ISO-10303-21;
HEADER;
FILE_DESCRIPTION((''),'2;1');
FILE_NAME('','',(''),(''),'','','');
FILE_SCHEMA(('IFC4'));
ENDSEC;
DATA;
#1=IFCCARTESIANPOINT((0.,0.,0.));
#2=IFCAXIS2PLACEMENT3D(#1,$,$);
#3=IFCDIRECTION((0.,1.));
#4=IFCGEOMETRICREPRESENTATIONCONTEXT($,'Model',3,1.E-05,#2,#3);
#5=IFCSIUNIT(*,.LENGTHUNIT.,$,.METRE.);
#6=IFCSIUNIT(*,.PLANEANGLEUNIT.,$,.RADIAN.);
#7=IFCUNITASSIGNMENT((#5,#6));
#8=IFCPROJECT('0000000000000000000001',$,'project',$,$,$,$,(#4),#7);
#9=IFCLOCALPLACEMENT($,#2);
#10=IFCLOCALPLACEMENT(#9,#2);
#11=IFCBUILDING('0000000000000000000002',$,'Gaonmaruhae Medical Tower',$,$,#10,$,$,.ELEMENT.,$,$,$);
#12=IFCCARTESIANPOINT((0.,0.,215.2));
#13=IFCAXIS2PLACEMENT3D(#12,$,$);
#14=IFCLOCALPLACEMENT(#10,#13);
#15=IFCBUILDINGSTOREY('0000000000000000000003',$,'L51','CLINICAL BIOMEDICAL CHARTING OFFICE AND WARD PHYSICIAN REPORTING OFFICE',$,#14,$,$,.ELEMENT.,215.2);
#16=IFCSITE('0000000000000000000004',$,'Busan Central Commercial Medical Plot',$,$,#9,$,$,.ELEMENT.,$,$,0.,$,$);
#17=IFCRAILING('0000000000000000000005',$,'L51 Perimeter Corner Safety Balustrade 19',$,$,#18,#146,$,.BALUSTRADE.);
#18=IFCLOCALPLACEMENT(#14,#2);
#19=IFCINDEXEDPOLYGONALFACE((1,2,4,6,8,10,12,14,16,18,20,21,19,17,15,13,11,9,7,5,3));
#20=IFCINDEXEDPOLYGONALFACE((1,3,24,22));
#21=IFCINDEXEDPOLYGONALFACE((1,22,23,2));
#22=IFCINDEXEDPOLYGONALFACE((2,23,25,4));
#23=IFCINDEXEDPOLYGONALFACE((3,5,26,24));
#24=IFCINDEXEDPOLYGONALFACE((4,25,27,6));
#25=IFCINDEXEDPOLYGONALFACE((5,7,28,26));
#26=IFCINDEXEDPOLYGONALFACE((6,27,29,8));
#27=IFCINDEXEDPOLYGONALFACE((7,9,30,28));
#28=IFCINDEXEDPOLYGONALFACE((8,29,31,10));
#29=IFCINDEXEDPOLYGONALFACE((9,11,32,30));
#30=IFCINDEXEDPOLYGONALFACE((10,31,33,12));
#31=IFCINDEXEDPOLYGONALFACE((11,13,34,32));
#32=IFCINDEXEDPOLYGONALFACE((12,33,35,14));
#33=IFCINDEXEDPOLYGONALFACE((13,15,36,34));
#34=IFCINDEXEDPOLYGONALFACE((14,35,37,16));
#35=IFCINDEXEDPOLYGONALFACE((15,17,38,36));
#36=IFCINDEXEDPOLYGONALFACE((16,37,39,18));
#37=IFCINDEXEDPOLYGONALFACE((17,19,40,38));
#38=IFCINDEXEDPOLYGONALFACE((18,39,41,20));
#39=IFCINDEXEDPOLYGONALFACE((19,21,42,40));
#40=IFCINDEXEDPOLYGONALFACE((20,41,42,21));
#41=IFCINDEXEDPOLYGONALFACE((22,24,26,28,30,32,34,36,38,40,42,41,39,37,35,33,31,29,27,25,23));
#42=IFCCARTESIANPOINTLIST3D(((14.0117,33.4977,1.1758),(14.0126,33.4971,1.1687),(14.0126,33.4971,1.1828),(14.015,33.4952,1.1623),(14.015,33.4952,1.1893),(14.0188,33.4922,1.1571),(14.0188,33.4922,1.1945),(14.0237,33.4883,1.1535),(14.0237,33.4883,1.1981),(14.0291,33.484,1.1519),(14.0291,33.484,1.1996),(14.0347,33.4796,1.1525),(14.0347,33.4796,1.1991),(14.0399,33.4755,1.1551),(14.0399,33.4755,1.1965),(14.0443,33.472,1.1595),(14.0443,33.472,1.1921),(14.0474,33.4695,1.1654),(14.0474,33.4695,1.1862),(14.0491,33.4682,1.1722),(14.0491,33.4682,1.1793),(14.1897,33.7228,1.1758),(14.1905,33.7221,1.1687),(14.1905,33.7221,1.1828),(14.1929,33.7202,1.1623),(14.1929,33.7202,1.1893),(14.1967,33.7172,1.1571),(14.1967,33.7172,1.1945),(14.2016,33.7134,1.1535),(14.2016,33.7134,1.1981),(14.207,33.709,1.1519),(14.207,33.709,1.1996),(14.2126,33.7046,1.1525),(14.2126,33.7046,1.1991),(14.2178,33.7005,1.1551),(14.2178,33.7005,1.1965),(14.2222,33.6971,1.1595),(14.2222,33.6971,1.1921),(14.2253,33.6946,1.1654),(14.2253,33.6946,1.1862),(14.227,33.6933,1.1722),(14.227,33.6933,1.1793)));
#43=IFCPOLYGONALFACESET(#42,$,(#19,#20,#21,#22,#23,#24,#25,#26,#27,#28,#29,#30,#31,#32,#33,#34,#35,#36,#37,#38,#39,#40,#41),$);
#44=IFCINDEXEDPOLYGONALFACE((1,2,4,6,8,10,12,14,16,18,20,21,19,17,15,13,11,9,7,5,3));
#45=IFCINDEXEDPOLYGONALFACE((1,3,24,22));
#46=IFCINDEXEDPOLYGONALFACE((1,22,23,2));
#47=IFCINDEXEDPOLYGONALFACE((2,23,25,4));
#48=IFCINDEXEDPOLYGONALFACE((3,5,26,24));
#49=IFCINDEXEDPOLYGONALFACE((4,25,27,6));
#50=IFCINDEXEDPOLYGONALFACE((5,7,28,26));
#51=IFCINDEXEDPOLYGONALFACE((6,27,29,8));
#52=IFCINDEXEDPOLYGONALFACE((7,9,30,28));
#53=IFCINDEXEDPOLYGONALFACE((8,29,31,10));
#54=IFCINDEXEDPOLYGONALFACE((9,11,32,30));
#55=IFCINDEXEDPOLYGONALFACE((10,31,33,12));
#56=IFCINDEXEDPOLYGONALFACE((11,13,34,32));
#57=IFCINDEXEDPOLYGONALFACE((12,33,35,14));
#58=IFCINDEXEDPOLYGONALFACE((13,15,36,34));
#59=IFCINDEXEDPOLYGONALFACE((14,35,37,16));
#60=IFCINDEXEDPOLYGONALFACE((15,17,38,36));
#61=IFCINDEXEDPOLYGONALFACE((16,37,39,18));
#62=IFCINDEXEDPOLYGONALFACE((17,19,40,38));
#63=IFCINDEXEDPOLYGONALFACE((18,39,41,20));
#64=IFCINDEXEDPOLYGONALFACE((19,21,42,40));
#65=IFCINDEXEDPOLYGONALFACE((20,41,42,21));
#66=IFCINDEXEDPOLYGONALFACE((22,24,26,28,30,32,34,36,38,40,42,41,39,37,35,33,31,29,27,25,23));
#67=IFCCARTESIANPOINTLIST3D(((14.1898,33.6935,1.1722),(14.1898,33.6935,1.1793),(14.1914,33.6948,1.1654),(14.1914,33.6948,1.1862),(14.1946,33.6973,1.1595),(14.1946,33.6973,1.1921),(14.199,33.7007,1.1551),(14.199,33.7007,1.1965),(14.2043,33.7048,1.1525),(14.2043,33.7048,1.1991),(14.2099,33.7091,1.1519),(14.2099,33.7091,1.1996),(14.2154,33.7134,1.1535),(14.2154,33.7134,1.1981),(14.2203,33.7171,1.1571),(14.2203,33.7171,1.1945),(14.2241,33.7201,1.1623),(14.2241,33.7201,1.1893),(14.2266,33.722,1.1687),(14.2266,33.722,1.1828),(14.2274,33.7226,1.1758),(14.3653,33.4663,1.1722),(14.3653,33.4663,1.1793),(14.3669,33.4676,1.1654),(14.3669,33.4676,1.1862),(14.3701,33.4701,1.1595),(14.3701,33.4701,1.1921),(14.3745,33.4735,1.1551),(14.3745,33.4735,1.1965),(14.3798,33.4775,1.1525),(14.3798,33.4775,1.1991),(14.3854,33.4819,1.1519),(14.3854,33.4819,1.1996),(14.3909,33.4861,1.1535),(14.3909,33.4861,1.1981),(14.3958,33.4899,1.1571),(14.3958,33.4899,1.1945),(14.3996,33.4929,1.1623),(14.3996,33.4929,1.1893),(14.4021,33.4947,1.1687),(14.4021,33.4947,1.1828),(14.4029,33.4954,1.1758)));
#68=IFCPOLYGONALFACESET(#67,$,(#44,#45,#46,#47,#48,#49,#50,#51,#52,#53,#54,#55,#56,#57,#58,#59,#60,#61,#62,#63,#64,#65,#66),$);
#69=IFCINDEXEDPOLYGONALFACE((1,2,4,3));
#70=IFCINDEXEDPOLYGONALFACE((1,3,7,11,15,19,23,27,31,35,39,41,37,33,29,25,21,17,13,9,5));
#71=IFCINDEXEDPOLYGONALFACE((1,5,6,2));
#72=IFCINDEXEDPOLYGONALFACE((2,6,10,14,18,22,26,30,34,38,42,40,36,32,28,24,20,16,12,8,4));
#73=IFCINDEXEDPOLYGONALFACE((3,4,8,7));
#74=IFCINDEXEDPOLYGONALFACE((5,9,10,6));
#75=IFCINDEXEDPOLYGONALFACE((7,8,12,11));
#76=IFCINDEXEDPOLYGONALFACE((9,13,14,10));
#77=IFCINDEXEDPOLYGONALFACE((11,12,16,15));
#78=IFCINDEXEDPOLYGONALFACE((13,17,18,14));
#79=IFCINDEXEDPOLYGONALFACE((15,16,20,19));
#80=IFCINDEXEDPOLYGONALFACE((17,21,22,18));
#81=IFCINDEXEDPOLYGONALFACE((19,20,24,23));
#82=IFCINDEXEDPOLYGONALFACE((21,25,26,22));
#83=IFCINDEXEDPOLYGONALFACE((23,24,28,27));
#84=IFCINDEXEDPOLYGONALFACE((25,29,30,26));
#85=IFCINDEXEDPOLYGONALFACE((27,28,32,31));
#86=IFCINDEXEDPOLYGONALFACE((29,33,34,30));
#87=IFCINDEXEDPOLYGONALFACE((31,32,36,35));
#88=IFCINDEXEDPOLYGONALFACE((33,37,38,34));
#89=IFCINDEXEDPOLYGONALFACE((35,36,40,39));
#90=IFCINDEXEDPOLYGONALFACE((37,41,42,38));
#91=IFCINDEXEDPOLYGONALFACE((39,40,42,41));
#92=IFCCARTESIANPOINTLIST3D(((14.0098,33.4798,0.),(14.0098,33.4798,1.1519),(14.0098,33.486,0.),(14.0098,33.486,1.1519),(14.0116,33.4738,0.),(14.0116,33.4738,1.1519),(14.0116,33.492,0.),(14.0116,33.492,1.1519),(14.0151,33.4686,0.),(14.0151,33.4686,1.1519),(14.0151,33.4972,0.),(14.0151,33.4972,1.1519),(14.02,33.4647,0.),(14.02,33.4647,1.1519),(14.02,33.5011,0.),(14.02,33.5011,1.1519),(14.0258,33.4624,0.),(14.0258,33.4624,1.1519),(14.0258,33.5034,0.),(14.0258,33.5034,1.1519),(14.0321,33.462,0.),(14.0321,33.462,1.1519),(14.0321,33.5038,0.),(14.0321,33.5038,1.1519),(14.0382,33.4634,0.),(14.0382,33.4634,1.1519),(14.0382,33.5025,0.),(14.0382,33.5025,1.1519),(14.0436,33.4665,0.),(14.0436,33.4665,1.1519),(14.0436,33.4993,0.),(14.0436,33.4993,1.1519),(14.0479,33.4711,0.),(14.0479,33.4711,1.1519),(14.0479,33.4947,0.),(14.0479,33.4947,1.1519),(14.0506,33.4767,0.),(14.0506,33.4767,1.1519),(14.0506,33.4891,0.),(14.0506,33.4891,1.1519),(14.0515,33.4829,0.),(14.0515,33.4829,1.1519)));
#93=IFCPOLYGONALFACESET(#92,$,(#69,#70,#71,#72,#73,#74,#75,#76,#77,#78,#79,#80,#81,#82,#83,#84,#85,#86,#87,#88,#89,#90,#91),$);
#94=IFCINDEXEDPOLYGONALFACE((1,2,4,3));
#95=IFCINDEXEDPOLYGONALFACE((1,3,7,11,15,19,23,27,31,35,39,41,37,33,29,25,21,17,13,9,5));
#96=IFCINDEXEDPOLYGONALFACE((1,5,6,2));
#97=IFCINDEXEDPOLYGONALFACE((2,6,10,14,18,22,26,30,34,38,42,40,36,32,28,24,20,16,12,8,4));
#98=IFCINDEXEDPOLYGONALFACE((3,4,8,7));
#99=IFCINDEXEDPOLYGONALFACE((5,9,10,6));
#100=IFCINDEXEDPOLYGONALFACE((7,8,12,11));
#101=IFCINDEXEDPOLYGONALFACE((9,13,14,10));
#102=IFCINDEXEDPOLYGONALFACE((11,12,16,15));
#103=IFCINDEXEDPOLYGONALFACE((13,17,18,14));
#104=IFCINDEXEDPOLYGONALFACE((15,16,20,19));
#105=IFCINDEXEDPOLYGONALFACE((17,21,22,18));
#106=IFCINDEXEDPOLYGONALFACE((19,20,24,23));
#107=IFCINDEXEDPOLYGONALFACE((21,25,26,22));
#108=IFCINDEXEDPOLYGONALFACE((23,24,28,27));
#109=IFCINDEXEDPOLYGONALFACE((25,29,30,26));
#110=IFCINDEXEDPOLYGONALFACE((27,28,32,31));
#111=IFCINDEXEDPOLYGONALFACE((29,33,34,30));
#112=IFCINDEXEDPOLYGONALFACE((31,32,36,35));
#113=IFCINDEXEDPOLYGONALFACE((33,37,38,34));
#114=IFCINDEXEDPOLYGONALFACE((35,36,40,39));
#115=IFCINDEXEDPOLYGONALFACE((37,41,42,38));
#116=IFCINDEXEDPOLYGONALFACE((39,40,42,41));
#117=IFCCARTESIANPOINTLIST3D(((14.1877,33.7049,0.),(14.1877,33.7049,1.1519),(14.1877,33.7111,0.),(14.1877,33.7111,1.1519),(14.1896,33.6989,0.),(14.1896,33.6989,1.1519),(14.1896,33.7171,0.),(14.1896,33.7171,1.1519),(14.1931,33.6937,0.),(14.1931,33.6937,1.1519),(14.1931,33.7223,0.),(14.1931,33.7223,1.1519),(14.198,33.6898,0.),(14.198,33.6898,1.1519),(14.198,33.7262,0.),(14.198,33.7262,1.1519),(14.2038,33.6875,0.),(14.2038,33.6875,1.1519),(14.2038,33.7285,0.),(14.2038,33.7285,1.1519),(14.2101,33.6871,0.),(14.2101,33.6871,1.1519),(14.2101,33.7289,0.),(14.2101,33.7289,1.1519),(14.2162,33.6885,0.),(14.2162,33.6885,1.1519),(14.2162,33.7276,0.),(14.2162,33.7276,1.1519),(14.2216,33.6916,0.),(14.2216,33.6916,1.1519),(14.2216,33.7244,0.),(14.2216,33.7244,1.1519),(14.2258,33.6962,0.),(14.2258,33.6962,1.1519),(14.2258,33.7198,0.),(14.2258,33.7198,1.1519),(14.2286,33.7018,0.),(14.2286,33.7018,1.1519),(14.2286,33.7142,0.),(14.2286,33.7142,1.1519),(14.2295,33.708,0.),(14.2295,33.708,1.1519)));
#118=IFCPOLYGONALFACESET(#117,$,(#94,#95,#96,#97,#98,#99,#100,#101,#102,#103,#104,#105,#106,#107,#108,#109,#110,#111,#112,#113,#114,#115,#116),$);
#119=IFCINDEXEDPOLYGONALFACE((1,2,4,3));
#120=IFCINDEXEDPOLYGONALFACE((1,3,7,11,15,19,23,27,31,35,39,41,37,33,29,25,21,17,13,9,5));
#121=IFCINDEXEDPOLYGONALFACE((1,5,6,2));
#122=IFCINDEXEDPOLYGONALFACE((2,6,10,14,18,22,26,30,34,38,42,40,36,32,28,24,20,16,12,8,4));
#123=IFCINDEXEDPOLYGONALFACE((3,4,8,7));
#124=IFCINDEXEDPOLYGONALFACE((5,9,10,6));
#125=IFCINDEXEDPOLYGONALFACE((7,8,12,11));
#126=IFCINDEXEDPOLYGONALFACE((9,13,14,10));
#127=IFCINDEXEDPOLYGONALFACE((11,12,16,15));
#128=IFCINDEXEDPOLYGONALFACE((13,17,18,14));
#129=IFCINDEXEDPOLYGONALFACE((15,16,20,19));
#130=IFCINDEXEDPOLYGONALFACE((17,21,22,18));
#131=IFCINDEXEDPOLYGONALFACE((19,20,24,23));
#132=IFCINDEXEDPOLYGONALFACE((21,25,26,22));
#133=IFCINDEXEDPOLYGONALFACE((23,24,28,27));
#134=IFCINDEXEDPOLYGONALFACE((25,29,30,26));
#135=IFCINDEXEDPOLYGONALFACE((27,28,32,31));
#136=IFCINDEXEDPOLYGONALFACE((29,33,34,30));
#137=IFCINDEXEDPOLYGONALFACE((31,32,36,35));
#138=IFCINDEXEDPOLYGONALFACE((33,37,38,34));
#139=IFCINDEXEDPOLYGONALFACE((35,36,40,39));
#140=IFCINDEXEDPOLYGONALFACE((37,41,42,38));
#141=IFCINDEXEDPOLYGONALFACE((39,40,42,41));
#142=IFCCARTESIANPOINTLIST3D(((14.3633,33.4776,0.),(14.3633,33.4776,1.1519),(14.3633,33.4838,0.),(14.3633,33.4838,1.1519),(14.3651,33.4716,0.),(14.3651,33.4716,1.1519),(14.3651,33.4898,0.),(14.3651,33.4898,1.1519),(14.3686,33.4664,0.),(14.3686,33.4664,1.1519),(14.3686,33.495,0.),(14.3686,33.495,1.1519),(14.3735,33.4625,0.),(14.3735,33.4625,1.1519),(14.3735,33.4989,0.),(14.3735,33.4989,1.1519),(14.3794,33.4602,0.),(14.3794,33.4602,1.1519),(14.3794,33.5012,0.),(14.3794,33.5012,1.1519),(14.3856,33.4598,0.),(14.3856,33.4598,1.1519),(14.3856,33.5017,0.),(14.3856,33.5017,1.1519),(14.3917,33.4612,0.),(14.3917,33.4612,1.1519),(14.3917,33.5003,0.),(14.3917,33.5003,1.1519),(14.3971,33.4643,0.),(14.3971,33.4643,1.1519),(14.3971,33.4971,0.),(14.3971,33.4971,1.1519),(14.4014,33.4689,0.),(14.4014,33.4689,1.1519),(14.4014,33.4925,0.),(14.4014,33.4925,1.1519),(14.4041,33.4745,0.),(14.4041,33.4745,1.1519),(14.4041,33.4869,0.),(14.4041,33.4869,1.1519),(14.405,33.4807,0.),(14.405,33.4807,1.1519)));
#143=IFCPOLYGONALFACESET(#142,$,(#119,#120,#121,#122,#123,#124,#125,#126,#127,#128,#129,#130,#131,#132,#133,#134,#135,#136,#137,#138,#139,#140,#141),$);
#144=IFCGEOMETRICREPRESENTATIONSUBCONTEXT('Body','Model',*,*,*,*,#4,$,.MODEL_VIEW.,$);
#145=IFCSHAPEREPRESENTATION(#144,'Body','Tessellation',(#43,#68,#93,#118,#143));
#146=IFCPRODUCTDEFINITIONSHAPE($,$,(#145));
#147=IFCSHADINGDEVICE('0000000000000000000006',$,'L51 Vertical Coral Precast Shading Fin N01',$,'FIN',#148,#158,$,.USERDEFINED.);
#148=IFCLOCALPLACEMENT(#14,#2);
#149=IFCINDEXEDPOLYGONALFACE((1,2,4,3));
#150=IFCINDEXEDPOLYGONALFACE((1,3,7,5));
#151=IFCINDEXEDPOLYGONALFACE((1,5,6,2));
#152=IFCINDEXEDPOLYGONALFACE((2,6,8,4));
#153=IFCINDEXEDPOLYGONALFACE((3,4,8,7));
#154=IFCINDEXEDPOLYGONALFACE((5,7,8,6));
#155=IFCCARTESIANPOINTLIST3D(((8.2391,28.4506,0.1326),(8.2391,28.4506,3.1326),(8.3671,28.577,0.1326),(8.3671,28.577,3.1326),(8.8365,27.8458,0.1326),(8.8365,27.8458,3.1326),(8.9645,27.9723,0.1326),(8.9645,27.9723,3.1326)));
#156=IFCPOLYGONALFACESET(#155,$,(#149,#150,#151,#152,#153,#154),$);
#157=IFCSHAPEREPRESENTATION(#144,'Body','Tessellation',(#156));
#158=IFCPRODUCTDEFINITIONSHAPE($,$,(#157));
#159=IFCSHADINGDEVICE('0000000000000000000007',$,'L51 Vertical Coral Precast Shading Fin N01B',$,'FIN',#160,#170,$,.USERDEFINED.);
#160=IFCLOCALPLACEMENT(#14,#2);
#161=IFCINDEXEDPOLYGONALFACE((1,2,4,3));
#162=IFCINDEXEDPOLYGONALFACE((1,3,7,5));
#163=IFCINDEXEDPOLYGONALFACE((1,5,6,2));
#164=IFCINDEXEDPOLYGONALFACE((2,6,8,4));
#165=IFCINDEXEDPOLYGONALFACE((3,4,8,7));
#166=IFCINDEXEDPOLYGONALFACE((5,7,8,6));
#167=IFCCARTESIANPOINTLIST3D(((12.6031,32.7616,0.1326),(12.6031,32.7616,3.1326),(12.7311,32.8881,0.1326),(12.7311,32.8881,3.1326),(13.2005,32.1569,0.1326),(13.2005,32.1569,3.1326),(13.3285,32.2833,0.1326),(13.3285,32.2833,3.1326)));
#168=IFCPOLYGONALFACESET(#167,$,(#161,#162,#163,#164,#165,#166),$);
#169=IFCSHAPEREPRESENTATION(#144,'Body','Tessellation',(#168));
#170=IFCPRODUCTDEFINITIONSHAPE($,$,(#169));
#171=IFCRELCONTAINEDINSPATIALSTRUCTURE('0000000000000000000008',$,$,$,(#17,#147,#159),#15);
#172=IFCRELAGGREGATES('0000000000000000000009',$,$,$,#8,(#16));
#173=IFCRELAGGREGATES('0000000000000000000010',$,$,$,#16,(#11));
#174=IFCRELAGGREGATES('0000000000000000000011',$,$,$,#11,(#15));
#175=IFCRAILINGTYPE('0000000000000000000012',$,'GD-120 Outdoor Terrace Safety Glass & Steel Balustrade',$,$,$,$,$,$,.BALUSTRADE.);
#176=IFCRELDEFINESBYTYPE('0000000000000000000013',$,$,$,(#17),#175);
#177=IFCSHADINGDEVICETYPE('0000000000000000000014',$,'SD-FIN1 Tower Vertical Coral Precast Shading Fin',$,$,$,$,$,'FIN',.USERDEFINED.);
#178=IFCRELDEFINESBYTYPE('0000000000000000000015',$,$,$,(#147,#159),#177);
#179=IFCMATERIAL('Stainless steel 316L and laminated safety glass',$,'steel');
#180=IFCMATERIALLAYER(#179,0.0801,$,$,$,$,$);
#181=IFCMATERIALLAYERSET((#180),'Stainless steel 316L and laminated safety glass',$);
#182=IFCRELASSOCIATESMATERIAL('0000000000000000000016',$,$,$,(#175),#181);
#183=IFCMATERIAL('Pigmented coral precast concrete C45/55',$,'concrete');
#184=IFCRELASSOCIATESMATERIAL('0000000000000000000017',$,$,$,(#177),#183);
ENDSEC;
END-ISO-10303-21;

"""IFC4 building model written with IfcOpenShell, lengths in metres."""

from ifc_helpers import new_model, si_unit, direction, frame, origin, origin_2d, place, context, subcontext, project, spatial, rectangle, circle, extrude, material, layer, layer_set, type_object, element, save


model = new_model("IFC4")

# Units and contexts
model_context = context("Model", 3, precision=1e-05, world=origin(), true_north=direction((0.0, 1.0)))
body_context = subcontext(model_context, "Body", "Model", "MODEL_VIEW")
ifc_project = project(units=[si_unit("LENGTHUNIT", "METRE"), si_unit("PLANEANGLEUNIT", "RADIAN")], contexts=[model_context])

# Site, building, storey
site_placement = place(None, origin())
site = spatial("IfcSite", under=ifc_project, at=site_placement, Name="Busan Central Commercial Medical Plot", CompositionType="ELEMENT", RefElevation=0.0)
building_placement = place(site_placement, origin())
building = spatial("IfcBuilding", under=site, at=building_placement, Name="Gaonmaruhae Medical Tower", CompositionType="ELEMENT")
storey_placement = place(building_placement, frame((0.0, 0.0, 215.2)))
storey = spatial("IfcBuildingStorey", under=building, at=storey_placement, Name="L51", Description="CLINICAL BIOMEDICAL CHARTING OFFICE AND WARD PHYSICIAN REPORTING OFFICE", CompositionType="ELEMENT", Elevation=215.2)

# Railing
ifc_material_1 = material(Name="Stainless steel 316L and laminated safety glass", Category="steel")
ifc_layer_1 = layer(ifc_material_1, 0.0801)
ifc_layer_set_1 = layer_set([ifc_layer_1], Name="Stainless steel 316L and laminated safety glass")
railing_type = type_object("IfcRailingType", Name="GD-120 Outdoor Terrace Safety Glass & Steel Balustrade", PredefinedType="BALUSTRADE", material=ifc_layer_set_1)
railing_1_placement = place(storey_placement, frame((14.0305, 33.4829, 0.0)))
element("IfcRailing", 1, at=railing_1_placement, inside=storey, type_object=railing_type, Name="L51 Perimeter Corner Safety Balustrade 19", PredefinedType="BALUSTRADE", context=body_context, shape_type="SweptSolid", body=[
    extrude(circle(Radius=0.0239, at=origin_2d()), frame((0.0, 0.0, 1.1758), z_axis=(0.620223, 0.784425, 0.0), x_axis=(-0.784425, 0.620223, 0.0)), (0.0, 0.0, 1.0), 0.2869),
    extrude(circle(Radius=0.0239, at=origin_2d()), frame((0.178, 0.2251, 1.1758), z_axis=(0.61123, -0.791453, 0.0), x_axis=(0.791453, 0.61123, 0.0)), (0.0, 0.0, 1.0), 0.2871),
    extrude(circle(Radius=0.021, at=origin_2d()), origin(), (0.0, 0.0, 1.0), 1.1519),
    extrude(circle(Radius=0.021, at=origin_2d()), frame((0.178, 0.2251, 0.0)), (0.0, 0.0, 1.0), 1.1519),
    extrude(circle(Radius=0.021, at=origin_2d()), frame((0.3535, -0.0022, 0.0)), (0.0, 0.0, 1.0), 1.1519),
])

# Shading devices
ifc_material_2 = material(Name="Pigmented coral precast concrete C45/55", Category="concrete")
shading_device_type = type_object("IfcShadingDeviceType", Name="SD-FIN1 Tower Vertical Coral Precast Shading Fin", ElementType="FIN", PredefinedType="USERDEFINED", material=ifc_material_2)
for number, where, z_axis, x_axis, name in (
    (2, (8.6018, 28.2114, 0.1326), (0.0, 0.0, 1.0), (0.711413, 0.702774, 0.0), "L51 Vertical Coral Precast Shading Fin N01"),
    (3, (12.9658, 32.5225, 0.1326), (0.0, 0.0, 1.0), (0.711413, 0.702774, 0.0), "L51 Vertical Coral Precast Shading Fin N01B"),
):
    element("IfcShadingDevice", number, at=place(storey_placement, frame(where, z_axis=z_axis, x_axis=x_axis)), inside=storey, type_object=shading_device_type, Name=name, ObjectType="FIN", PredefinedType="USERDEFINED", context=body_context, shape_type="SweptSolid", body=[
        extrude(rectangle(XDim=0.1799, YDim=0.8501, at=origin_2d()), origin(), (0.0, 0.0, 1.0), 3.0),
    ])

save(model, "model.ifc")
